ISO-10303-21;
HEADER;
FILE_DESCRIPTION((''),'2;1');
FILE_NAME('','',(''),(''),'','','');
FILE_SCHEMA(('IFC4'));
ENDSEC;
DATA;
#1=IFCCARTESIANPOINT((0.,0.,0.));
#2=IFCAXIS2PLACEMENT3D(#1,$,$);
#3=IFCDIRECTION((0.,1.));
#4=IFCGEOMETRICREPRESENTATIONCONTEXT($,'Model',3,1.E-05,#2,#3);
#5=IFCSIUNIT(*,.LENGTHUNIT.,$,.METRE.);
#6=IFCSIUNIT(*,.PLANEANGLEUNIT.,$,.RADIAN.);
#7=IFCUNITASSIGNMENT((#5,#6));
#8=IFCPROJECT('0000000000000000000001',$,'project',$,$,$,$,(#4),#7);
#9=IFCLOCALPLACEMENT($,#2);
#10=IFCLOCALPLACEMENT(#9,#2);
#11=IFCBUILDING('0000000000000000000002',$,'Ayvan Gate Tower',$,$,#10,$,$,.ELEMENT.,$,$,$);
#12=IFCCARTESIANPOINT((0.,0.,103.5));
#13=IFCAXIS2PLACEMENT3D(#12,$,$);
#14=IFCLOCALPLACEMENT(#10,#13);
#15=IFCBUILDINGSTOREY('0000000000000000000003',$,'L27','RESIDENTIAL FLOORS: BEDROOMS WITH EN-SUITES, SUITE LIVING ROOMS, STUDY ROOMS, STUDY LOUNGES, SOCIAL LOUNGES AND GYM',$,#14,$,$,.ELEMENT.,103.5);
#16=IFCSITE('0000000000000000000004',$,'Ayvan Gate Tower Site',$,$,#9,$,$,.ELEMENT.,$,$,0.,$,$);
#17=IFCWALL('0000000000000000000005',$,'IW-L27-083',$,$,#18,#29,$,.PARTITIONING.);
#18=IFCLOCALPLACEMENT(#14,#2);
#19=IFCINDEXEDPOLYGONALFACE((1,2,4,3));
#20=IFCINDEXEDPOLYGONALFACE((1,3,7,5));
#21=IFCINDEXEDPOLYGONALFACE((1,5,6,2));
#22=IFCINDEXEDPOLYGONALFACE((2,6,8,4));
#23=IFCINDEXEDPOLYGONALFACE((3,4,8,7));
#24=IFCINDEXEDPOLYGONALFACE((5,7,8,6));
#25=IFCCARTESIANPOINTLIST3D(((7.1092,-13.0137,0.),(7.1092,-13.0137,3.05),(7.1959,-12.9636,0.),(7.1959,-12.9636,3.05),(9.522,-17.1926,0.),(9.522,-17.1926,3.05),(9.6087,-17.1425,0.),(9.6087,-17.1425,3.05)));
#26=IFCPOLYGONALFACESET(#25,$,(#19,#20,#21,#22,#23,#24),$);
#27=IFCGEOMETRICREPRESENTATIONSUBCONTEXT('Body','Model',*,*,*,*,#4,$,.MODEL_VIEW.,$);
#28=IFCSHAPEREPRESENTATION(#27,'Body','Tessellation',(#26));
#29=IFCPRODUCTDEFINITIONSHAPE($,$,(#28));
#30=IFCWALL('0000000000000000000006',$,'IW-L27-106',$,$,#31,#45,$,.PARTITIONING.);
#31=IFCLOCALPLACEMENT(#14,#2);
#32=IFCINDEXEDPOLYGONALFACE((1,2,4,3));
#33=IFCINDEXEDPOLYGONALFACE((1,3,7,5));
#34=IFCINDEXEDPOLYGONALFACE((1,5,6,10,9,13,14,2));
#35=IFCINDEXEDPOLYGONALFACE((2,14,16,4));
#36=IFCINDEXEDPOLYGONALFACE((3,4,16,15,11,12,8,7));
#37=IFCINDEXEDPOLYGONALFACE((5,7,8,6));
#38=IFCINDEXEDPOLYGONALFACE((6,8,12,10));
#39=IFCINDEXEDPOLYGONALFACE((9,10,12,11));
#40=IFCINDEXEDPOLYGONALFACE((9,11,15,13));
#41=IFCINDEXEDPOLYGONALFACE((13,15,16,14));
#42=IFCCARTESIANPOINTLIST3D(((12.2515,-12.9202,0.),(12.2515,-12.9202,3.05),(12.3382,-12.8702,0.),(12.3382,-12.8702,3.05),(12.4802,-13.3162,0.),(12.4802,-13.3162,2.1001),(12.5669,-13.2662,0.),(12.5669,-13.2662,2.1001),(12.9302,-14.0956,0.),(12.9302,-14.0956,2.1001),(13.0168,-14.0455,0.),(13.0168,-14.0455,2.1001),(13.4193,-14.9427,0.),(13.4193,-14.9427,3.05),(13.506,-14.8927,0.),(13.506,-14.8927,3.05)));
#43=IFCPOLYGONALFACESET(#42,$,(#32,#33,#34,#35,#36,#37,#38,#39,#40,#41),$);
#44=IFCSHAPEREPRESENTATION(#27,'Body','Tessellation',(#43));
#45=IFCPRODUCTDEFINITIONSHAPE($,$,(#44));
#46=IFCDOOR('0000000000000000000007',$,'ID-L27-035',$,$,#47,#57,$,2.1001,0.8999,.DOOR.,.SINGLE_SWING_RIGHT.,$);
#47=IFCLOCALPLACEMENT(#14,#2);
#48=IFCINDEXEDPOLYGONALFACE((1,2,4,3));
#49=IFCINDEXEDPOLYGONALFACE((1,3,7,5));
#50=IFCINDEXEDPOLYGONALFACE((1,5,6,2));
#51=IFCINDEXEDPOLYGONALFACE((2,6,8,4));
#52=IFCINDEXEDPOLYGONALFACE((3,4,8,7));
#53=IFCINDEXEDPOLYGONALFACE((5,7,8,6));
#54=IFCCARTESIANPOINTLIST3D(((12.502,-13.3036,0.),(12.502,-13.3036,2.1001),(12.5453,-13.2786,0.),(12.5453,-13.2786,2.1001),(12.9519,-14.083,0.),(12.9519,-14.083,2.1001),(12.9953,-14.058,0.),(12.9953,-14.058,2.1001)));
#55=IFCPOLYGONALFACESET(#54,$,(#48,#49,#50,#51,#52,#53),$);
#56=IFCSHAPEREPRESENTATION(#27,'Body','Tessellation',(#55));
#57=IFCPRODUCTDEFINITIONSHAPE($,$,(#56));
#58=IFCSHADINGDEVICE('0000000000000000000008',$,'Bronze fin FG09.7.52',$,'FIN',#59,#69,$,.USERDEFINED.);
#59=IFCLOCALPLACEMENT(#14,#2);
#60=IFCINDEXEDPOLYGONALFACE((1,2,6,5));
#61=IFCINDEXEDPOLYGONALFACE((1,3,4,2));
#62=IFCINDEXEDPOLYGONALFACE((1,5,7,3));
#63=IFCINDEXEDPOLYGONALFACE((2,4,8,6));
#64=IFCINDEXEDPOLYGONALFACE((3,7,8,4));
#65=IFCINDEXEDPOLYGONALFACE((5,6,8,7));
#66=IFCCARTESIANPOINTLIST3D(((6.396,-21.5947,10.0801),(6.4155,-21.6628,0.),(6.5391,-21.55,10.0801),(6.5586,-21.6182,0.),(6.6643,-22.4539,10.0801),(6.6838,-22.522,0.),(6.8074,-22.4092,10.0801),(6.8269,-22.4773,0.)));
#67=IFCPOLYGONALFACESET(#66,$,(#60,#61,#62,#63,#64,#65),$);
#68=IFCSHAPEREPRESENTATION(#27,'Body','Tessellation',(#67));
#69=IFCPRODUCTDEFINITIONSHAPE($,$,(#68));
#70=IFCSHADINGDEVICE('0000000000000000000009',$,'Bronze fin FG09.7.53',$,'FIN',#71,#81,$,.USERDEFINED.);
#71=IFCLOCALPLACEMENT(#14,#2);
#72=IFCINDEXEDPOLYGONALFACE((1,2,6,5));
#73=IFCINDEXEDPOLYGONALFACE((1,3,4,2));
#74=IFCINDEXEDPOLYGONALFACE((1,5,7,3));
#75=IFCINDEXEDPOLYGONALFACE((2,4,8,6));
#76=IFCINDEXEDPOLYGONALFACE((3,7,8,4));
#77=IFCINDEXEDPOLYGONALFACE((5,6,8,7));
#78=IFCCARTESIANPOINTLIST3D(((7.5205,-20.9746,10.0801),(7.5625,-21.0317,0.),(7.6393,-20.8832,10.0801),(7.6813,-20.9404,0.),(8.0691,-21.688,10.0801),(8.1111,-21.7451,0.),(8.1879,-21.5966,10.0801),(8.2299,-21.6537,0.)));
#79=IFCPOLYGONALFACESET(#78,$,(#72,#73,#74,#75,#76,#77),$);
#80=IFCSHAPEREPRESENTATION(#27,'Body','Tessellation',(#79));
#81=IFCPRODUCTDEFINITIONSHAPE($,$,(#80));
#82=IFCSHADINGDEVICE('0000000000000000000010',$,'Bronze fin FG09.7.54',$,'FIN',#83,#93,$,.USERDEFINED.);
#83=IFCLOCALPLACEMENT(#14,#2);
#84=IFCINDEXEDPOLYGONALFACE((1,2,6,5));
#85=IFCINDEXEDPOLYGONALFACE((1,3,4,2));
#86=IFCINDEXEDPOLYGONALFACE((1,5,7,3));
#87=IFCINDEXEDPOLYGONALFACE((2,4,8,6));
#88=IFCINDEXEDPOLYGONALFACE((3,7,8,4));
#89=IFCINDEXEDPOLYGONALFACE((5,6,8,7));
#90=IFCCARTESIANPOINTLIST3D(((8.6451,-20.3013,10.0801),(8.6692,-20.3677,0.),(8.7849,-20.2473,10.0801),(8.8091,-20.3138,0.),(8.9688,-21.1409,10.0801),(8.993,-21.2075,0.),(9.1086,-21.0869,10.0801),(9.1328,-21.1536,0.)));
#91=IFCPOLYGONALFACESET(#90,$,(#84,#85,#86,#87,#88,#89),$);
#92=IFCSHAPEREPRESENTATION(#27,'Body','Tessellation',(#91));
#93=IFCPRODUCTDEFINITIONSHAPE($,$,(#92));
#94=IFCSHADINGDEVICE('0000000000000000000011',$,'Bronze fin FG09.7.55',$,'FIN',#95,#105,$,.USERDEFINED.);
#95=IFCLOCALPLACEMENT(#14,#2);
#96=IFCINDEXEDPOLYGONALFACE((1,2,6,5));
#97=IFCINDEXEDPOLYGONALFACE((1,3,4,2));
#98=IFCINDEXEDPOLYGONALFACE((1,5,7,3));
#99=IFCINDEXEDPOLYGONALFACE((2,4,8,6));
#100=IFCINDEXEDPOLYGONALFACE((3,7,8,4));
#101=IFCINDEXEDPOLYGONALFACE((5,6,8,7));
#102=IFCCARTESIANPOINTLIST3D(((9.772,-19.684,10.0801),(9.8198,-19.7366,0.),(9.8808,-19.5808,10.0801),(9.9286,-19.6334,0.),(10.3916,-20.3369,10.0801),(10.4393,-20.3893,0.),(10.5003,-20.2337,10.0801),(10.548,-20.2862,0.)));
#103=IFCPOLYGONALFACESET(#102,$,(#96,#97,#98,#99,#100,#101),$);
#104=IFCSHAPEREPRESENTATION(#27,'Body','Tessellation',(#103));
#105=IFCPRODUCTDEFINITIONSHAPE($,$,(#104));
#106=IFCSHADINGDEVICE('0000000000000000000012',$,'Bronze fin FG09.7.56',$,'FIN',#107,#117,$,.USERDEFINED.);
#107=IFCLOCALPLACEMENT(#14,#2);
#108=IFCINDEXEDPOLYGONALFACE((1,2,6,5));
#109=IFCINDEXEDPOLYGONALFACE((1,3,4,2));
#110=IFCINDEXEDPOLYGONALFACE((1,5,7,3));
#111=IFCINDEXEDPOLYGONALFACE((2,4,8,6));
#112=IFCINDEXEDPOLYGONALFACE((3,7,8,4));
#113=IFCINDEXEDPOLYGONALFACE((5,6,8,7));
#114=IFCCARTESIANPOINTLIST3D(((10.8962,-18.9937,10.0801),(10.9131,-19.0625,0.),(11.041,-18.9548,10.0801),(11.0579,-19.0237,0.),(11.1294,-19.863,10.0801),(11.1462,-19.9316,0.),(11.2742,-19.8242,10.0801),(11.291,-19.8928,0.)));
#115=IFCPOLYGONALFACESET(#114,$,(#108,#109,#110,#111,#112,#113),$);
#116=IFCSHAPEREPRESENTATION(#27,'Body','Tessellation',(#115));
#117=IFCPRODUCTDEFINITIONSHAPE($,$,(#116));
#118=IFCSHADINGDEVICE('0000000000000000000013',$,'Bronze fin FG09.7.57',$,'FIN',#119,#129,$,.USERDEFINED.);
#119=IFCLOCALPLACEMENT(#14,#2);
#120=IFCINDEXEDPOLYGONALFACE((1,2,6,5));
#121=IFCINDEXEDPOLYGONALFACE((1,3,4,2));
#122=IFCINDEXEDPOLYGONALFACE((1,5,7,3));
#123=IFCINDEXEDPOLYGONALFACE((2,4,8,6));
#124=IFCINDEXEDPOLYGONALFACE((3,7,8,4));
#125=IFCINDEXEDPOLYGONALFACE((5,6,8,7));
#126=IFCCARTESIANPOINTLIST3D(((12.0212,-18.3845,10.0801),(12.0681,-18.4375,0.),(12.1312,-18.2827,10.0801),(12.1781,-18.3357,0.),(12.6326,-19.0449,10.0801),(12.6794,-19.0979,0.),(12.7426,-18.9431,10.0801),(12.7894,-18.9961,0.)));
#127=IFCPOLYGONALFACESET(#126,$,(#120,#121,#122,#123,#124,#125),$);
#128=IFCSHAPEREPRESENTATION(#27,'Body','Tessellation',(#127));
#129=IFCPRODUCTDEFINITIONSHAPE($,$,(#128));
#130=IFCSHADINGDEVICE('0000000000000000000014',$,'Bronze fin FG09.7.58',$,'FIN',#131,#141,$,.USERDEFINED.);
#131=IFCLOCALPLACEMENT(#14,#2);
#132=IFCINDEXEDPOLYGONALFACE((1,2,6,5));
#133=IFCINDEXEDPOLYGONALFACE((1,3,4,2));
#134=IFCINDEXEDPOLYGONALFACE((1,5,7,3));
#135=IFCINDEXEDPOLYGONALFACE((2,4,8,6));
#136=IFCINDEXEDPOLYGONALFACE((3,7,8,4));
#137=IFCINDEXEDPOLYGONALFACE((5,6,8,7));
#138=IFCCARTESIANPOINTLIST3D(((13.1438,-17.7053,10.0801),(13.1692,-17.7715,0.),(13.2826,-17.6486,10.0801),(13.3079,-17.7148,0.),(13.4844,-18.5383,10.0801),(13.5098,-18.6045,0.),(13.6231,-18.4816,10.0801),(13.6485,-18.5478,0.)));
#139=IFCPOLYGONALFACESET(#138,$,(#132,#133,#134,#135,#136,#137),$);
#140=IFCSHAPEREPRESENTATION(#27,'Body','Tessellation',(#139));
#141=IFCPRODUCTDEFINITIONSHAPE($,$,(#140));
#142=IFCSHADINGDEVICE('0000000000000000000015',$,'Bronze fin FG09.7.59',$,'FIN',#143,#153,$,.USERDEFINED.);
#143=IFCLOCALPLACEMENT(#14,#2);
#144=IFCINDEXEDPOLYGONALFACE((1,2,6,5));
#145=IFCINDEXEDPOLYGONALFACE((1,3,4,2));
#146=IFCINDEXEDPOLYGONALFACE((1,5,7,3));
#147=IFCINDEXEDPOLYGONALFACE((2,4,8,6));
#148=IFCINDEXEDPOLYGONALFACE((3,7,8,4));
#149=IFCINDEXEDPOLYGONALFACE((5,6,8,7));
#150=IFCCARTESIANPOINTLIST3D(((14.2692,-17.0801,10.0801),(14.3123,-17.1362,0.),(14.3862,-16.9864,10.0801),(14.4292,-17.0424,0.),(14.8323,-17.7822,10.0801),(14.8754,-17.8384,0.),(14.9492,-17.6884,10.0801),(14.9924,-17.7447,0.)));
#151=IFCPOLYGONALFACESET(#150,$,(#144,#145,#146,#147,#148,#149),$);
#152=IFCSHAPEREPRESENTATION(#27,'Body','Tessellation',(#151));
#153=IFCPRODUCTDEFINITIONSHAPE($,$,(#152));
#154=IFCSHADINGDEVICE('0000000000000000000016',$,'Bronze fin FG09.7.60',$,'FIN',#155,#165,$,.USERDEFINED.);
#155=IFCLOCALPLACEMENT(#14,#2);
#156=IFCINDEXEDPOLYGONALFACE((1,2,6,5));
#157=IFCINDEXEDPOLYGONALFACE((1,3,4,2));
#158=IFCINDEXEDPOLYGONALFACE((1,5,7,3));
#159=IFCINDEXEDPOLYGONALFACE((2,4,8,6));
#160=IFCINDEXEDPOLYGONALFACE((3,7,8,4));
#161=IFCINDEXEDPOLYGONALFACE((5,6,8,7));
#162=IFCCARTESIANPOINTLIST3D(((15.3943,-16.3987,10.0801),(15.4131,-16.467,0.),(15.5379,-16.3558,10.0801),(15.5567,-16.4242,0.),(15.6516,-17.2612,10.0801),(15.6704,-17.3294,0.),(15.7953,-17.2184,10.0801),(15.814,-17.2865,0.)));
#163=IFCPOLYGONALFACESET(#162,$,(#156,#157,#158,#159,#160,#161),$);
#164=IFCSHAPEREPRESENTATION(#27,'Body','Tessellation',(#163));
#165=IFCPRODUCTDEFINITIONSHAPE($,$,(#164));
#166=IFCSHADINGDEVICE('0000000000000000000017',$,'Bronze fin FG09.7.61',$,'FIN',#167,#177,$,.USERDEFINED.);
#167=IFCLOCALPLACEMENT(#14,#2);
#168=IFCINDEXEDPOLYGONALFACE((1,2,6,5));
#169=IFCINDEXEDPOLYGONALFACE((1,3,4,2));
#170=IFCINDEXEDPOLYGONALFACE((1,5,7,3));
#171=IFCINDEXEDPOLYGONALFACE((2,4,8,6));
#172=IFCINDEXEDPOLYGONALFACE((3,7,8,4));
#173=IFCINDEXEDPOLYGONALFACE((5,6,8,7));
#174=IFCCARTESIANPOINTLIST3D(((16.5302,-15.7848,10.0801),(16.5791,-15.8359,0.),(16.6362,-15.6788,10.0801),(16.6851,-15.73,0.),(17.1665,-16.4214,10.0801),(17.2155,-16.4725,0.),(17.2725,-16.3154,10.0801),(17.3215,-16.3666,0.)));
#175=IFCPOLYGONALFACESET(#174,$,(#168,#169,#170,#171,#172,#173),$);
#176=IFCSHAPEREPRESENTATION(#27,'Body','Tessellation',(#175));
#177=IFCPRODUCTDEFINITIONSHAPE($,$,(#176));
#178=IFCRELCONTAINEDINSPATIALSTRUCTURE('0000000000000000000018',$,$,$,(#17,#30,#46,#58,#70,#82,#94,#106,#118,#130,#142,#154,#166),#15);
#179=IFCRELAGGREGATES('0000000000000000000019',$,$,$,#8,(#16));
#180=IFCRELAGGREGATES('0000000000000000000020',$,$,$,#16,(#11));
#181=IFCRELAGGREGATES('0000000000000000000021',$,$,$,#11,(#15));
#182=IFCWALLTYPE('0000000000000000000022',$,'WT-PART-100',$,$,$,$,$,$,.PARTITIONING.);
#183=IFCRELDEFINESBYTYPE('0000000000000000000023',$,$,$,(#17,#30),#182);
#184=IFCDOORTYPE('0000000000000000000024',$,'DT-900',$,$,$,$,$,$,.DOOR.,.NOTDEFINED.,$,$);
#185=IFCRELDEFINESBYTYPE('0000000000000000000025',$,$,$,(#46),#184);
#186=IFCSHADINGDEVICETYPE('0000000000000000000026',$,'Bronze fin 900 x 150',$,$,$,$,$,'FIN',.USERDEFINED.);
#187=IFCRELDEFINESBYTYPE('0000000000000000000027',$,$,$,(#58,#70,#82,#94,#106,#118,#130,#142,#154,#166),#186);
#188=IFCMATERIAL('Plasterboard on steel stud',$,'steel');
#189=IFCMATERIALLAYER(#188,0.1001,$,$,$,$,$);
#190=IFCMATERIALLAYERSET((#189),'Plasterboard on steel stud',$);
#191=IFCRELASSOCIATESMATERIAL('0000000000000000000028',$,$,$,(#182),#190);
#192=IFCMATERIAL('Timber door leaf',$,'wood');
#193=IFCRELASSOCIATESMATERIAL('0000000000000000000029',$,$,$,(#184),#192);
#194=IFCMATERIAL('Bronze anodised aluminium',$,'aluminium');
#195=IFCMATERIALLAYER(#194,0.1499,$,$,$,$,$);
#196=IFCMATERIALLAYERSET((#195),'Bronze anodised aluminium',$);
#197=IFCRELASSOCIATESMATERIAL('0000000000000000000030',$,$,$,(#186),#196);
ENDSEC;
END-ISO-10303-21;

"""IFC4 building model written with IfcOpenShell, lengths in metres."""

from ifc_helpers import new_model, si_unit, direction, frame, frame_2d, origin, place, context, subcontext, project, spatial, polyline, rectangle, outline, extrude, material, layer, layer_set, type_object, element, fill, save


model = new_model("IFC4")

# Units and contexts
model_context = context("Model", 3, precision=1e-05, world=origin(), true_north=direction((0.0, 1.0)))
body_context = subcontext(model_context, "Body", "Model", "MODEL_VIEW")
ifc_project = project(units=[si_unit("LENGTHUNIT", "METRE"), si_unit("PLANEANGLEUNIT", "RADIAN")], contexts=[model_context])

# Site, building, storey
site_placement = place(None, origin())
site = spatial("IfcSite", under=ifc_project, at=site_placement, Name="Ayvan Gate Tower Site", CompositionType="ELEMENT", RefElevation=0.0)
building_placement = place(site_placement, origin())
building = spatial("IfcBuilding", under=site, at=building_placement, Name="Ayvan Gate Tower", CompositionType="ELEMENT")
storey_placement = place(building_placement, frame((0.0, 0.0, 103.5)))
storey = spatial("IfcBuildingStorey", under=building, at=storey_placement, Name="L27", Description="RESIDENTIAL FLOORS: BEDROOMS WITH EN-SUITES, SUITE LIVING ROOMS, STUDY ROOMS, STUDY LOUNGES, SOCIAL LOUNGES AND GYM", CompositionType="ELEMENT", Elevation=103.5)

# Shared definitions
ifc_material_1 = material(Name="Bronze anodised aluminium", Category="aluminium")

# Wall
ifc_material_2 = material(Name="Plasterboard on steel stud", Category="steel")
ifc_layer_1 = layer(ifc_material_2, 0.1001)
ifc_layer_set_1 = layer_set([ifc_layer_1], Name="Plasterboard on steel stud")
wall_type_1 = type_object("IfcWallType", Name="WT-PART-100", PredefinedType="PARTITIONING", material=ifc_layer_set_1)
wall_1_placement = place(storey_placement, frame((7.1526, -12.9888, 0.0), z_axis=(0.0, 0.0, 1.0), x_axis=(0.500019, -0.866015, 0.0)))
element("IfcWall", 1, at=wall_1_placement, inside=storey, type_object=wall_type_1, Name="IW-L27-083", PredefinedType="PARTITIONING", context=body_context, shape_type="SweptSolid", body=[
    extrude(rectangle(XDim=4.8254, YDim=0.1001, at=frame_2d((2.4126, 0.0))), origin(), (0.0, 0.0, 1.0), 3.05),
])

# Wall, opening, door
wall_2_placement = place(storey_placement, frame((13.4626, -14.9177, 0.0), z_axis=(0.0, 0.0, 1.0), x_axis=(-0.500018, 0.866015, 0.0)))
wall_2 = element("IfcWall", 2, at=wall_2_placement, inside=storey, type_object=wall_type_1, Name="IW-L27-106", PredefinedType="PARTITIONING", context=body_context, shape_type="SweptSolid", body=[
    extrude(rectangle(XDim=2.3354, YDim=0.1001, at=frame_2d((1.1677, 0.0))), origin(), (0.0, 0.0, 1.0), 3.05),
])
opening_placement = place(wall_2_placement, frame((0.9783, 0.0, 0.0)))
opening = element("IfcOpeningElement", 3, at=opening_placement, cuts=wall_2, PredefinedType="OPENING", context=body_context, shape_type="SweptSolid", body=[
    extrude(rectangle(XDim=0.8999, YDim=2.1001, at=frame_2d((0.45, 1.05))), frame((0.0, 0.0601, 0.0), z_axis=(0.0, -1.0, 0.0), x_axis=(1.0, 0.0, 0.0)), (0.0, 0.0, 1.0), 0.1201),
])
ifc_material_3 = material(Name="Timber door leaf", Category="wood")
door_type = type_object("IfcDoorType", Name="DT-900", OperationType="NOTDEFINED", PredefinedType="DOOR", material=ifc_material_3)
door_placement = place(opening_placement, origin())
door = element("IfcDoor", 4, at=door_placement, inside=storey, type_object=door_type, Name="ID-L27-035", OperationType="SINGLE_SWING_RIGHT", OverallHeight=2.1001, OverallWidth=0.8999, PredefinedType="DOOR", context=body_context, shape_type="SweptSolid", body=[
    extrude(rectangle(XDim=0.8999, YDim=2.1001, at=frame_2d((0.45, 1.05))), frame((0.0, 0.0249, 0.0), z_axis=(0.0, -1.0, 0.0), x_axis=(1.0, 0.0, 0.0)), (0.0, 0.0, 1.0), 0.05),
])
fill(opening, door)

# Shading devices
ifc_layer_2 = layer(ifc_material_1, 0.1499)
ifc_layer_set_2 = layer_set([ifc_layer_2], Name="Bronze anodised aluminium")
shading_device_type = type_object("IfcShadingDeviceType", Name="Bronze fin 900 x 150", ElementType="FIN", PredefinedType="USERDEFINED", material=ifc_layer_set_2)
shading_device_1_placement = place(storey_placement, frame((6.4155, -21.6628, 0.0), z_axis=(-0.954533, -0.298105, 0.000165), x_axis=(0.298105, -0.954533, 0.0)))
element("IfcShadingDevice", 5, at=shading_device_1_placement, inside=storey, type_object=shading_device_type, Name="Bronze fin FG09.7.52", ObjectType="FIN", PredefinedType="USERDEFINED", context=body_context, shape_type="SweptSolid", body=[
    extrude(outline(polyline([(0.0, 0.0), (0.9001, 0.0), (0.8292, 10.0801), (-0.0708, 10.0801), (0.0, 0.0)])), origin(), (0.0, 0.0, -1.0), 0.1499),
])
shading_device_2_placement = place(storey_placement, frame((7.5625, -21.0317, 0.0), z_axis=(-0.792715, -0.609593, 0.000153), x_axis=(0.609593, -0.792715, 0.0)))
element("IfcShadingDevice", 6, at=shading_device_2_placement, inside=storey, type_object=shading_device_type, Name="Bronze fin FG09.7.53", ObjectType="FIN", PredefinedType="USERDEFINED", context=body_context, shape_type="SweptSolid", body=[
    extrude(outline(polyline([(0.0, 0.0), (0.8999, 0.0), (0.829, 10.0801), (-0.0709, 10.0801), (0.0, 0.0)])), origin(), (0.0, 0.0, -1.0), 0.1499),
])
shading_device_3_placement = place(storey_placement, frame((8.6692, -20.3677, 0.0), z_axis=(-0.933062, -0.359715, 0.000137), x_axis=(0.359715, -0.933062, 0.0)))
element("IfcShadingDevice", 7, at=shading_device_3_placement, inside=storey, type_object=shading_device_type, Name="Bronze fin FG09.7.54", ObjectType="FIN", PredefinedType="USERDEFINED", context=body_context, shape_type="SweptSolid", body=[
    extrude(outline(polyline([(0.0, 0.0), (0.9001, 0.0), (0.8292, 10.0801), (-0.0707, 10.0801), (0.0, 0.0)])), origin(), (0.0, 0.0, -1.0), 0.1499),
])
shading_device_4_placement = place(storey_placement, frame((9.8198, -19.7366, 0.0), z_axis=(-0.725379, -0.68835, 0.00015), x_axis=(0.68835, -0.725379, 0.0)))
element("IfcShadingDevice", 8, at=shading_device_4_placement, inside=storey, type_object=shading_device_type, Name="Bronze fin FG09.7.55", ObjectType="FIN", PredefinedType="USERDEFINED", context=body_context, shape_type="SweptSolid", body=[
    extrude(outline(polyline([(0.0, 0.0), (0.8999, 0.0), (0.8291, 10.0801), (-0.071, 10.0801), (0.0, 0.0)])), origin(), (0.0, 0.0, -1.0), 0.1499),
])
shading_device_5_placement = place(storey_placement, frame((10.9131, -19.0625, 0.0), z_axis=(-0.96586, -0.259064, 0.000152), x_axis=(0.259064, -0.96586, 0.0)))
element("IfcShadingDevice", 9, at=shading_device_5_placement, inside=storey, type_object=shading_device_type, Name="Bronze fin FG09.7.56", ObjectType="FIN", PredefinedType="USERDEFINED", context=body_context, shape_type="SweptSolid", body=[
    extrude(outline(polyline([(0.0, 0.0), (0.8999, 0.0), (0.8292, 10.0801), (-0.0709, 10.0801), (0.0, 0.0)])), origin(), (0.0, 0.0, -1.0), 0.1499),
])
shading_device_6_placement = place(storey_placement, frame((12.0681, -18.4375, 0.0), z_axis=(-0.733846, -0.679316, 0.000158), x_axis=(0.679316, -0.733846, 0.0)))
element("IfcShadingDevice", 10, at=shading_device_6_placement, inside=storey, type_object=shading_device_type, Name="Bronze fin FG09.7.57", ObjectType="FIN", PredefinedType="USERDEFINED", context=body_context, shape_type="SweptSolid", body=[
    extrude(outline(polyline([(0.0, 0.0), (0.8999, 0.0), (0.8292, 10.0801), (-0.0707, 10.0801), (0.0, 0.0)])), origin(), (0.0, 0.0, -1.0), 0.1499),
])
shading_device_7_placement = place(storey_placement, frame((13.1692, -17.7715, 0.0), z_axis=(-0.925625, -0.378443, 0.000152), x_axis=(0.378443, -0.925625, 0.0)))
element("IfcShadingDevice", 11, at=shading_device_7_placement, inside=storey, type_object=shading_device_type, Name="Bronze fin FG09.7.58", ObjectType="FIN", PredefinedType="USERDEFINED", context=body_context, shape_type="SweptSolid", body=[
    extrude(outline(polyline([(0.0, 0.0), (0.8999, 0.0), (0.8291, 10.0801), (-0.0709, 10.0801), (0.0, 0.0)])), origin(), (0.0, 0.0, -1.0), 0.1499),
])
shading_device_8_placement = place(storey_placement, frame((14.3123, -17.1362, 0.0), z_axis=(-0.780114, -0.625637, 0.00015), x_axis=(0.625637, -0.780114, 0.0)))
element("IfcShadingDevice", 12, at=shading_device_8_placement, inside=storey, type_object=shading_device_type, Name="Bronze fin FG09.7.59", ObjectType="FIN", PredefinedType="USERDEFINED", context=body_context, shape_type="SweptSolid", body=[
    extrude(outline(polyline([(0.0, 0.0), (0.9001, 0.0), (0.8293, 10.0801), (-0.0707, 10.0801), (0.0, 0.0)])), origin(), (0.0, 0.0, -1.0), 0.1499),
])
shading_device_9_placement = place(storey_placement, frame((15.4131, -16.467, 0.0), z_axis=(-0.958255, -0.285917, 0.000148), x_axis=(0.285917, -0.958255, 0.0)))
element("IfcShadingDevice", 13, at=shading_device_9_placement, inside=storey, type_object=shading_device_type, Name="Bronze fin FG09.7.60", ObjectType="FIN", PredefinedType="USERDEFINED", context=body_context, shape_type="SweptSolid", body=[
    extrude(outline(polyline([(0.0, 0.0), (0.8999, 0.0), (0.8292, 10.0801), (-0.0709, 10.0801), (0.0, 0.0)])), origin(), (0.0, 0.0, -1.0), 0.1499),
])
shading_device_10_placement = place(storey_placement, frame((16.5791, -15.8359, 0.0), z_axis=(-0.707242, -0.706971, 0.000153), x_axis=(0.706971, -0.707242, 0.0)))
element("IfcShadingDevice", 14, at=shading_device_10_placement, inside=storey, type_object=shading_device_type, Name="Bronze fin FG09.7.61", ObjectType="FIN", PredefinedType="USERDEFINED", context=body_context, shape_type="SweptSolid", body=[
    extrude(outline(polyline([(0.0, 0.0), (0.9001, 0.0), (0.8293, 10.0801), (-0.0708, 10.0801), (0.0, 0.0)])), origin(), (0.0, 0.0, -1.0), 0.1499),
])

save(model, "model.ifc")
